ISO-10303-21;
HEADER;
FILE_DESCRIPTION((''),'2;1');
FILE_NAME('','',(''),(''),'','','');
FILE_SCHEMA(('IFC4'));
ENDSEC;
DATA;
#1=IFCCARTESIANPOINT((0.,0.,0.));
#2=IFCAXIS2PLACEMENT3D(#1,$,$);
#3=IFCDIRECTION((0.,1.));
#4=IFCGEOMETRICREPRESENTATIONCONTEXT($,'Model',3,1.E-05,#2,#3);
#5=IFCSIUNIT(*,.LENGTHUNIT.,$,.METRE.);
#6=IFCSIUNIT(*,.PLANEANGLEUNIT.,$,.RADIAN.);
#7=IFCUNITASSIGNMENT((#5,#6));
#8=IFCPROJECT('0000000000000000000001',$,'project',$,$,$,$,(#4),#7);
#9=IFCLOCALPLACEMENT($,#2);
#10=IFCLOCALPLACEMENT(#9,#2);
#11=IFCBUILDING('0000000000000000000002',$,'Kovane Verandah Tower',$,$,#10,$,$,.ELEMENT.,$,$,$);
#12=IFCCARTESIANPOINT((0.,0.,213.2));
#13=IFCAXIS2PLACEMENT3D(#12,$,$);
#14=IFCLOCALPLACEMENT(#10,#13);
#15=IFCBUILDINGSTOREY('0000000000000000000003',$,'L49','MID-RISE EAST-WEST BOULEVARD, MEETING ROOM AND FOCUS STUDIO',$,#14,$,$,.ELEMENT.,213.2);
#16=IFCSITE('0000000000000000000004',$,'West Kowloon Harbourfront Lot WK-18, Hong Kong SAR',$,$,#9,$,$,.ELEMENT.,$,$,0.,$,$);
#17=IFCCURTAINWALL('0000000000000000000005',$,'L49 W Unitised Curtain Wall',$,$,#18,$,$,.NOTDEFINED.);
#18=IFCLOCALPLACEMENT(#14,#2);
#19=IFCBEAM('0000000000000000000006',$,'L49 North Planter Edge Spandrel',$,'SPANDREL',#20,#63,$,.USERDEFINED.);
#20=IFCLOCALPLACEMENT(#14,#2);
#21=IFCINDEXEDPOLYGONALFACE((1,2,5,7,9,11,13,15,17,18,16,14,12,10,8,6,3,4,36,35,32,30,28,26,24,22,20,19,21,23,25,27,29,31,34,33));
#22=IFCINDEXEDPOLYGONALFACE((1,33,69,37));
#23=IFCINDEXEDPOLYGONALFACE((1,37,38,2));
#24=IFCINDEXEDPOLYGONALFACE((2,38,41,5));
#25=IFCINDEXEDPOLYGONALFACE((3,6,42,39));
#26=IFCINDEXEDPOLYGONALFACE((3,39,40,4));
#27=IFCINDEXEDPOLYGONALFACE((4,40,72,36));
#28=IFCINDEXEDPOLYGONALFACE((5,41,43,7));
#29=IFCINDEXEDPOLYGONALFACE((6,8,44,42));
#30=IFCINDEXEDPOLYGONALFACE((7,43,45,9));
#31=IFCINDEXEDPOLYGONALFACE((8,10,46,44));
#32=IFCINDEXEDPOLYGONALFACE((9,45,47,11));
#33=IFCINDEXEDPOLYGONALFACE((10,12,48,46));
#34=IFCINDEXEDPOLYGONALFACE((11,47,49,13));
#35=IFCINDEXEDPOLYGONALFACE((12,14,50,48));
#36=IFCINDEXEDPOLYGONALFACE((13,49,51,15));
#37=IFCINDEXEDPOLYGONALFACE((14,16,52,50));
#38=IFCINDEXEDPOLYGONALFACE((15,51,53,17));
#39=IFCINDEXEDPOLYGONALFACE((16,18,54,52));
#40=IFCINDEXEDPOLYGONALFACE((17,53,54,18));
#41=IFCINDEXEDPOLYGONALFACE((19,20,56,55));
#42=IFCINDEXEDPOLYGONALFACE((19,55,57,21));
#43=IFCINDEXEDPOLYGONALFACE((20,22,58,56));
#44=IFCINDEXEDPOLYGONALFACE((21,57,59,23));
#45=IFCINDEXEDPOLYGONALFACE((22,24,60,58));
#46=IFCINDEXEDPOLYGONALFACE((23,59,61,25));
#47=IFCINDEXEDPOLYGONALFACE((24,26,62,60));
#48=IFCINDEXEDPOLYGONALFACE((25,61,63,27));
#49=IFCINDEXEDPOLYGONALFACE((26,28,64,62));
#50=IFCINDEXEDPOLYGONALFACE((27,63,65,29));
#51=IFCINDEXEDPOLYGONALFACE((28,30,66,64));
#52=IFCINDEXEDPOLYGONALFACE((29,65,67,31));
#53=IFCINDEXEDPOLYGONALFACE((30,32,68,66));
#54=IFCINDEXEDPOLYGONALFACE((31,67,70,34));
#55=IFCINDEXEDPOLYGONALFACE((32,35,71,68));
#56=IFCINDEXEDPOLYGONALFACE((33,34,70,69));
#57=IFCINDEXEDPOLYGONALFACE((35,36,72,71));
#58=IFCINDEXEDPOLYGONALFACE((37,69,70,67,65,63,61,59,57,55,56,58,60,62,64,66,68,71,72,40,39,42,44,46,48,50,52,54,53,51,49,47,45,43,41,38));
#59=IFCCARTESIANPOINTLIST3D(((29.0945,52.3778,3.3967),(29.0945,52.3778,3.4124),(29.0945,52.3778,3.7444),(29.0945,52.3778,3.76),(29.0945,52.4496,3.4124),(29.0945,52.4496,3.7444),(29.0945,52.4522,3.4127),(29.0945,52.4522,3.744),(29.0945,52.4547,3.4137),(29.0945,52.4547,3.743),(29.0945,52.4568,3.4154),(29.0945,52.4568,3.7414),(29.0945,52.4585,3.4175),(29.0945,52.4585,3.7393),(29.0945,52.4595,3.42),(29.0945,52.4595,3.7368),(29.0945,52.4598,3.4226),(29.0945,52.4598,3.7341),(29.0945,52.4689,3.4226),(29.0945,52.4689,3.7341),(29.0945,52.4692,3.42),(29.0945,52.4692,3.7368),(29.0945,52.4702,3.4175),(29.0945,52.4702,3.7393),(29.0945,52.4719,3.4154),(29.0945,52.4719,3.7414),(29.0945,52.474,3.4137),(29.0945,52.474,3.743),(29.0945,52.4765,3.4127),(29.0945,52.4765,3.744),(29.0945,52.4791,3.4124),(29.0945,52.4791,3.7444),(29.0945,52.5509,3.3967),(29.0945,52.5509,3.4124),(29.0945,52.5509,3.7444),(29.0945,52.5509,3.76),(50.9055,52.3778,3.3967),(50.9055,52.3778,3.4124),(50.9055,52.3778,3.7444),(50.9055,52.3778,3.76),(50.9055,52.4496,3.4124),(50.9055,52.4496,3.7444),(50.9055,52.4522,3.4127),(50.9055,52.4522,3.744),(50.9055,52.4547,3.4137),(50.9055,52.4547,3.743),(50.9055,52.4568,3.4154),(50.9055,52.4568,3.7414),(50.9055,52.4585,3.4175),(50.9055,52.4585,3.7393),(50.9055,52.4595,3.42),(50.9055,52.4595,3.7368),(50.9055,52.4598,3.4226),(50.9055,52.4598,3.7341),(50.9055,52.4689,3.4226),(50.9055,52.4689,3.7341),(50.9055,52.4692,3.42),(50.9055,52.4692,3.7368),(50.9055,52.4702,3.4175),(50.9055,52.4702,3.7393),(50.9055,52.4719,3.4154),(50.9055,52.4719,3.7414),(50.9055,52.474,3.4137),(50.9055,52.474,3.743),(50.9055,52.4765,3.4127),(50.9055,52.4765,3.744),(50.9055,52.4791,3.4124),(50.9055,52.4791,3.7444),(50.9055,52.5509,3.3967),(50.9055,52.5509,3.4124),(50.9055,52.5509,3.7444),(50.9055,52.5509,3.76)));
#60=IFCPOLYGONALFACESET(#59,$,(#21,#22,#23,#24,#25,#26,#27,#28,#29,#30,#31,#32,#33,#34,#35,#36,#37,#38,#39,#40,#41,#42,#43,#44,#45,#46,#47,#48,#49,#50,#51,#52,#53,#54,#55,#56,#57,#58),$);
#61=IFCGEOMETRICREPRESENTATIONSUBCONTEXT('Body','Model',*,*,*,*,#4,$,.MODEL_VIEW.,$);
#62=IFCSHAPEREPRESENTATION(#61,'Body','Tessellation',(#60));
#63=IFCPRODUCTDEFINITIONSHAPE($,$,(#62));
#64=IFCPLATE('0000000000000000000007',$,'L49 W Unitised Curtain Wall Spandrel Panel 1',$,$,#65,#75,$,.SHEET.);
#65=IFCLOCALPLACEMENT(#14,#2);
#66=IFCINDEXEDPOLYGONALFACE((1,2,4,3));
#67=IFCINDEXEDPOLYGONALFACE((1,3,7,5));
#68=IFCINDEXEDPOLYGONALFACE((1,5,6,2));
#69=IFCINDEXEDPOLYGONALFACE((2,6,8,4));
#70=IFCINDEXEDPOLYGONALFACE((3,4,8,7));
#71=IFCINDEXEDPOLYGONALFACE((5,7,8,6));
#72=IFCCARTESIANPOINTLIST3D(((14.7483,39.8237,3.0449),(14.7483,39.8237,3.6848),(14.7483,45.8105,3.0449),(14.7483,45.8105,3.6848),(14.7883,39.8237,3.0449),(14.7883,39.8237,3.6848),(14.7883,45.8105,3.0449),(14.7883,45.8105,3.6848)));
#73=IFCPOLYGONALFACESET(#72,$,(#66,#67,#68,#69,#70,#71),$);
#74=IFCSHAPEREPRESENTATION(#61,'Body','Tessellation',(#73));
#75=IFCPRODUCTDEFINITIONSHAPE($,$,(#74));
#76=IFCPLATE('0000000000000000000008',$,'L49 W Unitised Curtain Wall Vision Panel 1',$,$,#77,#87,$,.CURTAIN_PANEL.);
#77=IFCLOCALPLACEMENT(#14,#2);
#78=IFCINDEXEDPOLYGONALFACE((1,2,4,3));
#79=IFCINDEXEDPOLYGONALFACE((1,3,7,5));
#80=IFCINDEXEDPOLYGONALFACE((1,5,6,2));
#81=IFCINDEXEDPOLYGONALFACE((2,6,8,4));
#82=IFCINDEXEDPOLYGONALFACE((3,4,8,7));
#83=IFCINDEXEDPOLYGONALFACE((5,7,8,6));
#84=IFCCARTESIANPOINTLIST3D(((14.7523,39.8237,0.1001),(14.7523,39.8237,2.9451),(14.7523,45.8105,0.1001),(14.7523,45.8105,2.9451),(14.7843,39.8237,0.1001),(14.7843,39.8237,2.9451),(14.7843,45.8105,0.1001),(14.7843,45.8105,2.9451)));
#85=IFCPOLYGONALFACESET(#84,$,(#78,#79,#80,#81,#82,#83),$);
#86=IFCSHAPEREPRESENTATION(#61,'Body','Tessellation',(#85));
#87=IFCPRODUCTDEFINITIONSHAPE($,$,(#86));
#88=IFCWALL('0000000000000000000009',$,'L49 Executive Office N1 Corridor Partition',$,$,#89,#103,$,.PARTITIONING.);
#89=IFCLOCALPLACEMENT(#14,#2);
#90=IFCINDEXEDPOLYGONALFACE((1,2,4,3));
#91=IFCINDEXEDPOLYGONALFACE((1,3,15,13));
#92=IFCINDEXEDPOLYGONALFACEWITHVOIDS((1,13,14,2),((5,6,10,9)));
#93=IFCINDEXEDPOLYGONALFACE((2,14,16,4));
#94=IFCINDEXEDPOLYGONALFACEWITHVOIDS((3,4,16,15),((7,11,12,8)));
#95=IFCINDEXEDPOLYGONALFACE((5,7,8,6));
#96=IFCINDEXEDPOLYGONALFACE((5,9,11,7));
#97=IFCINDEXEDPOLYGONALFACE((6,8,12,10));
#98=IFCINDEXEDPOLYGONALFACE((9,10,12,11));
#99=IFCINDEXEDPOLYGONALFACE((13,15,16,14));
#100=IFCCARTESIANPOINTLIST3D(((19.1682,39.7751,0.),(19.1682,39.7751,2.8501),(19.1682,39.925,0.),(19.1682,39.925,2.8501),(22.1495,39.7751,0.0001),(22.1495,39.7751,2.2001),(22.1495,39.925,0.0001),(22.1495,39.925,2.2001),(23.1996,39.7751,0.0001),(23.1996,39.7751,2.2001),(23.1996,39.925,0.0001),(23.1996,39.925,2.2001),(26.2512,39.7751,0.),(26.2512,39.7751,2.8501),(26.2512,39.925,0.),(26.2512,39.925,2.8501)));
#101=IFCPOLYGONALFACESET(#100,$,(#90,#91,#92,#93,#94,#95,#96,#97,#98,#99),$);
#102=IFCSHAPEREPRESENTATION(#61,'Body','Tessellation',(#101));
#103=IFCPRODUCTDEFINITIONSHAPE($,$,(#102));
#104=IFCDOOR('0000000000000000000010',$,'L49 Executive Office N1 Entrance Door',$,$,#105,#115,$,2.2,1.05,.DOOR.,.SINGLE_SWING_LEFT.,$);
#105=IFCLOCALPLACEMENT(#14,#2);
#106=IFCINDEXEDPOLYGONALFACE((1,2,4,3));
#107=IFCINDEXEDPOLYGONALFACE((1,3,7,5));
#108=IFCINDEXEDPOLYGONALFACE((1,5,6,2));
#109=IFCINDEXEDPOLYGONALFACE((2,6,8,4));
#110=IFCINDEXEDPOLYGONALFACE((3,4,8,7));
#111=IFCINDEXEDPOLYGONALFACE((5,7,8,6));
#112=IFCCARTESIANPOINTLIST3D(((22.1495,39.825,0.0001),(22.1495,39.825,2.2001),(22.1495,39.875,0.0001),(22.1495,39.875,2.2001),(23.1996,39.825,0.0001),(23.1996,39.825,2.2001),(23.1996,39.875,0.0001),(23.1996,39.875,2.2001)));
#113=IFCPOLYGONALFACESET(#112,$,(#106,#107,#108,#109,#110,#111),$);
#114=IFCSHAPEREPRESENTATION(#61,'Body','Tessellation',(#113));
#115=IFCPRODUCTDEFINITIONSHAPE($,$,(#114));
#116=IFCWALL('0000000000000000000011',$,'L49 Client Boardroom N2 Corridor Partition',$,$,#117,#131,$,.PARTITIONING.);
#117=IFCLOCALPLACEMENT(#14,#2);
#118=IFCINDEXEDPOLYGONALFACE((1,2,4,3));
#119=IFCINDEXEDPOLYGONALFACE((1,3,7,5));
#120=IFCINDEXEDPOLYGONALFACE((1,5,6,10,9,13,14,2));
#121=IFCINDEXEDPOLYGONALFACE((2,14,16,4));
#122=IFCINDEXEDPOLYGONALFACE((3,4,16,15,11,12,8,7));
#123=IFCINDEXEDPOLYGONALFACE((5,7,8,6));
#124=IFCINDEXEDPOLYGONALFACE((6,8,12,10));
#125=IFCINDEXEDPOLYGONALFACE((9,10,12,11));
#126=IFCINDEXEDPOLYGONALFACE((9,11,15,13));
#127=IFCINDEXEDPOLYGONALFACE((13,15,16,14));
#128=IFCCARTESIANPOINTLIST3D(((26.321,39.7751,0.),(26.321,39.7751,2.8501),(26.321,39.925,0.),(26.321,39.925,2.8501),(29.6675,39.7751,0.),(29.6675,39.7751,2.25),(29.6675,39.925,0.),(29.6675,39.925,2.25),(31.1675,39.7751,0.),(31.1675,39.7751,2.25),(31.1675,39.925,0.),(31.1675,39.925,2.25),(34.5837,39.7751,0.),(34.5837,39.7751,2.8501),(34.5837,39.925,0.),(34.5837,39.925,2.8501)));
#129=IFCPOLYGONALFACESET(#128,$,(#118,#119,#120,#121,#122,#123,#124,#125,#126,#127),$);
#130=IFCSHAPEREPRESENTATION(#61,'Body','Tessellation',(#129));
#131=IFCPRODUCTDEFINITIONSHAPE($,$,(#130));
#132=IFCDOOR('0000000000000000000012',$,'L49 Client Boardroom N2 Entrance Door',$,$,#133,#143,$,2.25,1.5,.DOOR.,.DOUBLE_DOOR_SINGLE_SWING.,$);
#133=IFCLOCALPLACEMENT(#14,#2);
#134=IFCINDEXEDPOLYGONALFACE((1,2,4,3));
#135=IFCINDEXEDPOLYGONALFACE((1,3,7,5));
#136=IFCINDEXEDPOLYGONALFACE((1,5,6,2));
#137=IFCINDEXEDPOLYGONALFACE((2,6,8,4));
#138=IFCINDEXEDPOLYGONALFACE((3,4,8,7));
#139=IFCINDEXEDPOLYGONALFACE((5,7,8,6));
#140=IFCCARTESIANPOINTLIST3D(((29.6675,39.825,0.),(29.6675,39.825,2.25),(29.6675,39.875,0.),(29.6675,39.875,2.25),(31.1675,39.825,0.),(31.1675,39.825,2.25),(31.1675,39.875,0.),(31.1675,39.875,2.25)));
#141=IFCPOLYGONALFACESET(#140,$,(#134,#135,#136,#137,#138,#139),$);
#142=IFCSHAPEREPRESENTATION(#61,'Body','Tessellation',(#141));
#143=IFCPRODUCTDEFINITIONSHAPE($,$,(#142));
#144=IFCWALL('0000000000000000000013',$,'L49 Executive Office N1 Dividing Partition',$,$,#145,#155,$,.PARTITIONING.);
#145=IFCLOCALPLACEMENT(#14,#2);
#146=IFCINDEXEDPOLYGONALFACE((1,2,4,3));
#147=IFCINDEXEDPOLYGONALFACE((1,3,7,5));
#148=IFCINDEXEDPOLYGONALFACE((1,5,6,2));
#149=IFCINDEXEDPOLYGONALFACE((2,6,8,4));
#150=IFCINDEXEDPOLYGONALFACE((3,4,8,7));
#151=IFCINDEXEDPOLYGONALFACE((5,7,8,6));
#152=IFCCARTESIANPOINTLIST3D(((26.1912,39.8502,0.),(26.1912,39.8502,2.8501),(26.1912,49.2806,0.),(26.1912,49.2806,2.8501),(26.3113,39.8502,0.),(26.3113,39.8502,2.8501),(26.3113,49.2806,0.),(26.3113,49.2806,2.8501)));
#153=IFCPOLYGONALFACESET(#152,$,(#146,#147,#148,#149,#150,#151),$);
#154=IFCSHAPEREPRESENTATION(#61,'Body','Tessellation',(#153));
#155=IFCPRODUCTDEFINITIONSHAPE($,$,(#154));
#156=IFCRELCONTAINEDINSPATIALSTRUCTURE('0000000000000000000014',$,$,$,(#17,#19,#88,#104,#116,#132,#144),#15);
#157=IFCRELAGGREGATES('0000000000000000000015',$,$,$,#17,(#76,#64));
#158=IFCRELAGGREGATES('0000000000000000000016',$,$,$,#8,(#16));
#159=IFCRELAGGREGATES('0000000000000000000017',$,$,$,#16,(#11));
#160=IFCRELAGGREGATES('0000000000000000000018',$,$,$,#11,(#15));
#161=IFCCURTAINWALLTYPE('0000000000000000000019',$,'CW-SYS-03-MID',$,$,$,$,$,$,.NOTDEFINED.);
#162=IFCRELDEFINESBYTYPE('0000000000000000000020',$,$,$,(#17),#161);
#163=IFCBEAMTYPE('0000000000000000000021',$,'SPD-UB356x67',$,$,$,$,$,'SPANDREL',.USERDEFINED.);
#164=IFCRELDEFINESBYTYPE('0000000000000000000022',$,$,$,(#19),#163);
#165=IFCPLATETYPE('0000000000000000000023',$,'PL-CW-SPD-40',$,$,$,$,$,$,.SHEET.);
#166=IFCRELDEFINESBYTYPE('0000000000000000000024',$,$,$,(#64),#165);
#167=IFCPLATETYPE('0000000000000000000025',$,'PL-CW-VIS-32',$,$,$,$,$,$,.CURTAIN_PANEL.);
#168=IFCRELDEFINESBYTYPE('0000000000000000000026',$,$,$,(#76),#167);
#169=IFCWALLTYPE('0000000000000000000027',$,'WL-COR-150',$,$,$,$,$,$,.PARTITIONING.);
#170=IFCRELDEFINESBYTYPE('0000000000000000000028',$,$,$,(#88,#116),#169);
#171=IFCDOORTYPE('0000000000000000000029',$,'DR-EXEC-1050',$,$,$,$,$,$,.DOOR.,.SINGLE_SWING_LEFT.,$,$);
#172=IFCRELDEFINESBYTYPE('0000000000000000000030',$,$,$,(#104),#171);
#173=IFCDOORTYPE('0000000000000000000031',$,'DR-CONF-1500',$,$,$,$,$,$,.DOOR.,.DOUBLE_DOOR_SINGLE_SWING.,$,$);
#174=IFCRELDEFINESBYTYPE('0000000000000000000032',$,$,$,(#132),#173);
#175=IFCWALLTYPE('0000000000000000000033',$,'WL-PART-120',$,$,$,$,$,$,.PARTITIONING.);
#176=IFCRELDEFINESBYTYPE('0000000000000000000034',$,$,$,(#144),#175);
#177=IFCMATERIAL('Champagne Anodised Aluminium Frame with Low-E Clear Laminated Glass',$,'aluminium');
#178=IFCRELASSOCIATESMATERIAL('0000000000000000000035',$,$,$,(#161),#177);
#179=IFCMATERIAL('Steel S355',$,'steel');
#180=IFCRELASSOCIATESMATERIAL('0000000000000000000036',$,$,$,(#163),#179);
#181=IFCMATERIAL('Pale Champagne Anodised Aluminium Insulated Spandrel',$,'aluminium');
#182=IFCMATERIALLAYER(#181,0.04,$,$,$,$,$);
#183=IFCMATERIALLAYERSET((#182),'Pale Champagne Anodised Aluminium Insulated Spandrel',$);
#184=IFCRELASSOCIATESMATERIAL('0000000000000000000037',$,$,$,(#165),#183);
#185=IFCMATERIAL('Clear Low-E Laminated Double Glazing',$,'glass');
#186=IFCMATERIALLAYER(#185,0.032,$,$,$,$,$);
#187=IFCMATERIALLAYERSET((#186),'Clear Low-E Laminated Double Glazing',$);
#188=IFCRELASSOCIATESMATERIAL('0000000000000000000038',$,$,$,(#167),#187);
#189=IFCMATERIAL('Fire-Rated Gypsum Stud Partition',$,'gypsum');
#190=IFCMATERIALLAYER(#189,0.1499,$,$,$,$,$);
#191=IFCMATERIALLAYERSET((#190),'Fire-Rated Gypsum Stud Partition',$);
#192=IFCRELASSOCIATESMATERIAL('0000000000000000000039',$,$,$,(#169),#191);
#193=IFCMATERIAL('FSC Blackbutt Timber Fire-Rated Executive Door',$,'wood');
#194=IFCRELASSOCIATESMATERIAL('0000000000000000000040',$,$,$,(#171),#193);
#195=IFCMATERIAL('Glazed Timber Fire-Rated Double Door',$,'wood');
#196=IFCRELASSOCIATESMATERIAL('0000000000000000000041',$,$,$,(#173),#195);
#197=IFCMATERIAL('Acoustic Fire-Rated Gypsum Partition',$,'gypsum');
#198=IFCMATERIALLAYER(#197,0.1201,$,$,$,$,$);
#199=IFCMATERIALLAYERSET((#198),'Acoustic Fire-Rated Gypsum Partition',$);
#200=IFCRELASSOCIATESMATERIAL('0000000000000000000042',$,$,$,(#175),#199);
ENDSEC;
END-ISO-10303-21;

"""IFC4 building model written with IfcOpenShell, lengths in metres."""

from ifc_helpers import new_model, si_unit, direction, frame, frame_2d, origin, origin_2d, place, context, subcontext, project, spatial, rectangle, i_section, extrude, material, layer, layer_set, material_profile, profile_set, type_object, element, fill, aggregate, save


model = new_model("IFC4")

# Units and contexts
model_context = context("Model", 3, precision=1e-05, world=origin(), true_north=direction((0.0, 1.0)))
body_context = subcontext(model_context, "Body", "Model", "MODEL_VIEW")
ifc_project = project(units=[si_unit("LENGTHUNIT", "METRE"), si_unit("PLANEANGLEUNIT", "RADIAN")], contexts=[model_context])

# Site, building, storey
site_placement = place(None, origin())
site = spatial("IfcSite", under=ifc_project, at=site_placement, Name="West Kowloon Harbourfront Lot WK-18, Hong Kong SAR", CompositionType="ELEMENT", RefElevation=0.0)
building_placement = place(site_placement, origin())
building = spatial("IfcBuilding", under=site, at=building_placement, Name="Kovane Verandah Tower", CompositionType="ELEMENT")
storey_placement = place(building_placement, frame((0.0, 0.0, 213.2)))
storey = spatial("IfcBuildingStorey", under=building, at=storey_placement, Name="L49", Description="MID-RISE EAST-WEST BOULEVARD, MEETING ROOM AND FOCUS STUDIO", CompositionType="ELEMENT", Elevation=213.2)

# Shared definitions
ifc_material_1 = material(Name="Steel S355", Category="steel")

# Curtain wall
ifc_material_2 = material(Name="Champagne Anodised Aluminium Frame with Low-E Clear Laminated Glass", Category="aluminium")
curtain_wall_type = type_object("IfcCurtainWallType", Name="CW-SYS-03-MID", PredefinedType="NOTDEFINED", material=ifc_material_2)
curtain_wall_placement = place(storey_placement, origin())
curtain_wall = element("IfcCurtainWall", 1, at=curtain_wall_placement, inside=storey, type_object=curtain_wall_type, Name="L49 W Unitised Curtain Wall", PredefinedType="NOTDEFINED")

# Beam
ifc_material_profile_1 = material_profile(ifc_material_1, i_section(OverallWidth=0.1731, OverallDepth=0.3633, WebThickness=0.009, FlangeThickness=0.0156, FilletRadius=0.0103, at=origin_2d()), Name="UB356x171x67")
ifc_profile_set_1 = profile_set([ifc_material_profile_1], Name="Steel S355")
beam_type_1 = type_object("IfcBeamType", Name="SPD-UB356x67", ElementType="SPANDREL", PredefinedType="USERDEFINED", material=ifc_profile_set_1)
beam_1_placement = place(storey_placement, frame((29.0945, 52.4644, 3.5784), z_axis=(1.0, 0.0, 0.0), x_axis=(0.0, 1.0, 0.0)))
element("IfcBeam", 2, at=beam_1_placement, inside=storey, type_object=beam_type_1, Name="L49 North Planter Edge Spandrel", ObjectType="SPANDREL", PredefinedType="USERDEFINED", context=body_context, shape_type="SweptSolid", body=[
    extrude(i_section(OverallWidth=0.1731, OverallDepth=0.3633, WebThickness=0.009, FlangeThickness=0.0156, FilletRadius=0.0103, at=origin_2d()), origin(), (0.0, 0.0, 1.0), 21.811),
])

# Plates
ifc_material_3 = material(Name="Pale Champagne Anodised Aluminium Insulated Spandrel", Category="aluminium")
ifc_layer_1 = layer(ifc_material_3, 0.04)
ifc_layer_set_1 = layer_set([ifc_layer_1], Name="Pale Champagne Anodised Aluminium Insulated Spandrel")
plate_type_1 = type_object("IfcPlateType", Name="PL-CW-SPD-40", PredefinedType="SHEET", material=ifc_layer_set_1)
plate_1_placement = place(storey_placement, frame((14.7683, 42.8171, 3.0449), z_axis=(0.0, 0.0, 1.0), x_axis=(0.0, -1.0, 0.0)))
plate_1 = element("IfcPlate", 3, at=plate_1_placement, type_object=plate_type_1, Name="L49 W Unitised Curtain Wall Spandrel Panel 1", PredefinedType="SHEET", context=body_context, shape_type="SweptSolid", body=[
    extrude(rectangle(XDim=5.9868, YDim=0.04, at=origin_2d()), origin(), (0.0, 0.0, 1.0), 0.6399),
])
ifc_material_4 = material(Name="Clear Low-E Laminated Double Glazing", Category="glass")
ifc_layer_2 = layer(ifc_material_4, 0.032)
ifc_layer_set_2 = layer_set([ifc_layer_2], Name="Clear Low-E Laminated Double Glazing")
plate_type_2 = type_object("IfcPlateType", Name="PL-CW-VIS-32", PredefinedType="CURTAIN_PANEL", material=ifc_layer_set_2)
plate_2_placement = place(storey_placement, frame((14.7683, 42.8171, 0.1001), z_axis=(0.0, 0.0, 1.0), x_axis=(0.0, -1.0, 0.0)))
plate_2 = element("IfcPlate", 4, at=plate_2_placement, type_object=plate_type_2, Name="L49 W Unitised Curtain Wall Vision Panel 1", PredefinedType="CURTAIN_PANEL", context=body_context, shape_type="SweptSolid", body=[
    extrude(rectangle(XDim=5.9868, YDim=0.032, at=origin_2d()), origin(), (0.0, 0.0, 1.0), 2.845),
])
aggregate(curtain_wall, [plate_2, plate_1])

# Walls, openings, doors
ifc_material_5 = material(Name="Fire-Rated Gypsum Stud Partition", Category="gypsum")
ifc_layer_3 = layer(ifc_material_5, 0.1499)
ifc_layer_set_3 = layer_set([ifc_layer_3], Name="Fire-Rated Gypsum Stud Partition")
wall_type_1 = type_object("IfcWallType", Name="WL-COR-150", PredefinedType="PARTITIONING", material=ifc_layer_set_3)
wall_1_placement = place(storey_placement, frame((19.1682, 39.8501, 0.0), z_axis=(0.0, 0.0, 1.0), x_axis=(1.0, 0.0, 0.0)))
wall_1 = element("IfcWall", 5, at=wall_1_placement, inside=storey, type_object=wall_type_1, Name="L49 Executive Office N1 Corridor Partition", PredefinedType="PARTITIONING", context=body_context, shape_type="SweptSolid", body=[
    extrude(rectangle(XDim=7.083, YDim=0.1499, at=frame_2d((3.5415, 0.0))), origin(), (0.0, 0.0, 1.0), 2.8501),
])
opening_1_placement = place(wall_1_placement, frame((2.9814, 0.0, 0.0)))
opening_1 = element("IfcOpeningElement", 6, at=opening_1_placement, cuts=wall_1, PredefinedType="OPENING", context=body_context, shape_type="SweptSolid", body=[
    extrude(rectangle(XDim=1.05, YDim=2.2, at=frame_2d((0.5249, 1.1001))), frame((0.0, 0.075, 0.0), z_axis=(0.0, -1.0, 0.0), x_axis=(1.0, 0.0, 0.0)), (0.0, 0.0, 1.0), 0.1499),
])
ifc_material_6 = material(Name="FSC Blackbutt Timber Fire-Rated Executive Door", Category="wood")
door_type_1 = type_object("IfcDoorType", Name="DR-EXEC-1050", OperationType="SINGLE_SWING_LEFT", PredefinedType="DOOR", material=ifc_material_6)
door_1_placement = place(opening_1_placement, origin())
door_1 = element("IfcDoor", 7, at=door_1_placement, inside=storey, type_object=door_type_1, Name="L49 Executive Office N1 Entrance Door", OperationType="SINGLE_SWING_LEFT", OverallHeight=2.2, OverallWidth=1.05, PredefinedType="DOOR", context=body_context, shape_type="SweptSolid", body=[
    extrude(rectangle(XDim=1.05, YDim=2.2, at=frame_2d((0.5249, 1.1001))), frame((0.0, 0.0249, 0.0), z_axis=(0.0, -1.0, 0.0), x_axis=(1.0, 0.0, 0.0)), (0.0, 0.0, 1.0), 0.05),
])
fill(opening_1, door_1)
wall_2_placement = place(storey_placement, frame((26.321, 39.8501, 0.0), z_axis=(0.0, 0.0, 1.0), x_axis=(1.0, 0.0, 0.0)))
wall_2 = element("IfcWall", 8, at=wall_2_placement, inside=storey, type_object=wall_type_1, Name="L49 Client Boardroom N2 Corridor Partition", PredefinedType="PARTITIONING", context=body_context, shape_type="SweptSolid", body=[
    extrude(rectangle(XDim=8.2627, YDim=0.1499, at=frame_2d((4.1313, 0.0))), origin(), (0.0, 0.0, 1.0), 2.8501),
])
opening_2_placement = place(wall_2_placement, frame((3.3464, 0.0, 0.0)))
opening_2 = element("IfcOpeningElement", 9, at=opening_2_placement, cuts=wall_2, PredefinedType="OPENING", context=body_context, shape_type="SweptSolid", body=[
    extrude(rectangle(XDim=1.5, YDim=2.25, at=frame_2d((0.75, 1.125))), frame((0.0, 0.075, 0.0), z_axis=(0.0, -1.0, 0.0), x_axis=(1.0, 0.0, 0.0)), (0.0, 0.0, 1.0), 0.1499),
])
ifc_material_7 = material(Name="Glazed Timber Fire-Rated Double Door", Category="wood")
door_type_2 = type_object("IfcDoorType", Name="DR-CONF-1500", OperationType="DOUBLE_DOOR_SINGLE_SWING", PredefinedType="DOOR", material=ifc_material_7)
door_2_placement = place(opening_2_placement, origin())
door_2 = element("IfcDoor", 10, at=door_2_placement, inside=storey, type_object=door_type_2, Name="L49 Client Boardroom N2 Entrance Door", OperationType="DOUBLE_DOOR_SINGLE_SWING", OverallHeight=2.25, OverallWidth=1.5, PredefinedType="DOOR", context=body_context, shape_type="SweptSolid", body=[
    extrude(rectangle(XDim=1.5, YDim=2.25, at=frame_2d((0.75, 1.125))), frame((0.0, 0.0249, 0.0), z_axis=(0.0, -1.0, 0.0), x_axis=(1.0, 0.0, 0.0)), (0.0, 0.0, 1.0), 0.05),
])
fill(opening_2, door_2)

# Wall
ifc_material_8 = material(Name="Acoustic Fire-Rated Gypsum Partition", Category="gypsum")
ifc_layer_4 = layer(ifc_material_8, 0.1201)
ifc_layer_set_4 = layer_set([ifc_layer_4], Name="Acoustic Fire-Rated Gypsum Partition")
wall_type_2 = type_object("IfcWallType", Name="WL-PART-120", PredefinedType="PARTITIONING", material=ifc_layer_set_4)
wall_3_placement = place(storey_placement, frame((26.2512, 39.8501, 0.0), z_axis=(0.0, 0.0, 1.0), x_axis=(0.0, 1.0, 0.0)))
element("IfcWall", 11, at=wall_3_placement, inside=storey, type_object=wall_type_2, Name="L49 Executive Office N1 Dividing Partition", PredefinedType="PARTITIONING", context=body_context, shape_type="SweptSolid", body=[
    extrude(rectangle(XDim=9.4304, YDim=0.1201, at=frame_2d((4.7153, 0.0))), origin(), (0.0, 0.0, 1.0), 2.8501),
])

save(model, "model.ifc")
